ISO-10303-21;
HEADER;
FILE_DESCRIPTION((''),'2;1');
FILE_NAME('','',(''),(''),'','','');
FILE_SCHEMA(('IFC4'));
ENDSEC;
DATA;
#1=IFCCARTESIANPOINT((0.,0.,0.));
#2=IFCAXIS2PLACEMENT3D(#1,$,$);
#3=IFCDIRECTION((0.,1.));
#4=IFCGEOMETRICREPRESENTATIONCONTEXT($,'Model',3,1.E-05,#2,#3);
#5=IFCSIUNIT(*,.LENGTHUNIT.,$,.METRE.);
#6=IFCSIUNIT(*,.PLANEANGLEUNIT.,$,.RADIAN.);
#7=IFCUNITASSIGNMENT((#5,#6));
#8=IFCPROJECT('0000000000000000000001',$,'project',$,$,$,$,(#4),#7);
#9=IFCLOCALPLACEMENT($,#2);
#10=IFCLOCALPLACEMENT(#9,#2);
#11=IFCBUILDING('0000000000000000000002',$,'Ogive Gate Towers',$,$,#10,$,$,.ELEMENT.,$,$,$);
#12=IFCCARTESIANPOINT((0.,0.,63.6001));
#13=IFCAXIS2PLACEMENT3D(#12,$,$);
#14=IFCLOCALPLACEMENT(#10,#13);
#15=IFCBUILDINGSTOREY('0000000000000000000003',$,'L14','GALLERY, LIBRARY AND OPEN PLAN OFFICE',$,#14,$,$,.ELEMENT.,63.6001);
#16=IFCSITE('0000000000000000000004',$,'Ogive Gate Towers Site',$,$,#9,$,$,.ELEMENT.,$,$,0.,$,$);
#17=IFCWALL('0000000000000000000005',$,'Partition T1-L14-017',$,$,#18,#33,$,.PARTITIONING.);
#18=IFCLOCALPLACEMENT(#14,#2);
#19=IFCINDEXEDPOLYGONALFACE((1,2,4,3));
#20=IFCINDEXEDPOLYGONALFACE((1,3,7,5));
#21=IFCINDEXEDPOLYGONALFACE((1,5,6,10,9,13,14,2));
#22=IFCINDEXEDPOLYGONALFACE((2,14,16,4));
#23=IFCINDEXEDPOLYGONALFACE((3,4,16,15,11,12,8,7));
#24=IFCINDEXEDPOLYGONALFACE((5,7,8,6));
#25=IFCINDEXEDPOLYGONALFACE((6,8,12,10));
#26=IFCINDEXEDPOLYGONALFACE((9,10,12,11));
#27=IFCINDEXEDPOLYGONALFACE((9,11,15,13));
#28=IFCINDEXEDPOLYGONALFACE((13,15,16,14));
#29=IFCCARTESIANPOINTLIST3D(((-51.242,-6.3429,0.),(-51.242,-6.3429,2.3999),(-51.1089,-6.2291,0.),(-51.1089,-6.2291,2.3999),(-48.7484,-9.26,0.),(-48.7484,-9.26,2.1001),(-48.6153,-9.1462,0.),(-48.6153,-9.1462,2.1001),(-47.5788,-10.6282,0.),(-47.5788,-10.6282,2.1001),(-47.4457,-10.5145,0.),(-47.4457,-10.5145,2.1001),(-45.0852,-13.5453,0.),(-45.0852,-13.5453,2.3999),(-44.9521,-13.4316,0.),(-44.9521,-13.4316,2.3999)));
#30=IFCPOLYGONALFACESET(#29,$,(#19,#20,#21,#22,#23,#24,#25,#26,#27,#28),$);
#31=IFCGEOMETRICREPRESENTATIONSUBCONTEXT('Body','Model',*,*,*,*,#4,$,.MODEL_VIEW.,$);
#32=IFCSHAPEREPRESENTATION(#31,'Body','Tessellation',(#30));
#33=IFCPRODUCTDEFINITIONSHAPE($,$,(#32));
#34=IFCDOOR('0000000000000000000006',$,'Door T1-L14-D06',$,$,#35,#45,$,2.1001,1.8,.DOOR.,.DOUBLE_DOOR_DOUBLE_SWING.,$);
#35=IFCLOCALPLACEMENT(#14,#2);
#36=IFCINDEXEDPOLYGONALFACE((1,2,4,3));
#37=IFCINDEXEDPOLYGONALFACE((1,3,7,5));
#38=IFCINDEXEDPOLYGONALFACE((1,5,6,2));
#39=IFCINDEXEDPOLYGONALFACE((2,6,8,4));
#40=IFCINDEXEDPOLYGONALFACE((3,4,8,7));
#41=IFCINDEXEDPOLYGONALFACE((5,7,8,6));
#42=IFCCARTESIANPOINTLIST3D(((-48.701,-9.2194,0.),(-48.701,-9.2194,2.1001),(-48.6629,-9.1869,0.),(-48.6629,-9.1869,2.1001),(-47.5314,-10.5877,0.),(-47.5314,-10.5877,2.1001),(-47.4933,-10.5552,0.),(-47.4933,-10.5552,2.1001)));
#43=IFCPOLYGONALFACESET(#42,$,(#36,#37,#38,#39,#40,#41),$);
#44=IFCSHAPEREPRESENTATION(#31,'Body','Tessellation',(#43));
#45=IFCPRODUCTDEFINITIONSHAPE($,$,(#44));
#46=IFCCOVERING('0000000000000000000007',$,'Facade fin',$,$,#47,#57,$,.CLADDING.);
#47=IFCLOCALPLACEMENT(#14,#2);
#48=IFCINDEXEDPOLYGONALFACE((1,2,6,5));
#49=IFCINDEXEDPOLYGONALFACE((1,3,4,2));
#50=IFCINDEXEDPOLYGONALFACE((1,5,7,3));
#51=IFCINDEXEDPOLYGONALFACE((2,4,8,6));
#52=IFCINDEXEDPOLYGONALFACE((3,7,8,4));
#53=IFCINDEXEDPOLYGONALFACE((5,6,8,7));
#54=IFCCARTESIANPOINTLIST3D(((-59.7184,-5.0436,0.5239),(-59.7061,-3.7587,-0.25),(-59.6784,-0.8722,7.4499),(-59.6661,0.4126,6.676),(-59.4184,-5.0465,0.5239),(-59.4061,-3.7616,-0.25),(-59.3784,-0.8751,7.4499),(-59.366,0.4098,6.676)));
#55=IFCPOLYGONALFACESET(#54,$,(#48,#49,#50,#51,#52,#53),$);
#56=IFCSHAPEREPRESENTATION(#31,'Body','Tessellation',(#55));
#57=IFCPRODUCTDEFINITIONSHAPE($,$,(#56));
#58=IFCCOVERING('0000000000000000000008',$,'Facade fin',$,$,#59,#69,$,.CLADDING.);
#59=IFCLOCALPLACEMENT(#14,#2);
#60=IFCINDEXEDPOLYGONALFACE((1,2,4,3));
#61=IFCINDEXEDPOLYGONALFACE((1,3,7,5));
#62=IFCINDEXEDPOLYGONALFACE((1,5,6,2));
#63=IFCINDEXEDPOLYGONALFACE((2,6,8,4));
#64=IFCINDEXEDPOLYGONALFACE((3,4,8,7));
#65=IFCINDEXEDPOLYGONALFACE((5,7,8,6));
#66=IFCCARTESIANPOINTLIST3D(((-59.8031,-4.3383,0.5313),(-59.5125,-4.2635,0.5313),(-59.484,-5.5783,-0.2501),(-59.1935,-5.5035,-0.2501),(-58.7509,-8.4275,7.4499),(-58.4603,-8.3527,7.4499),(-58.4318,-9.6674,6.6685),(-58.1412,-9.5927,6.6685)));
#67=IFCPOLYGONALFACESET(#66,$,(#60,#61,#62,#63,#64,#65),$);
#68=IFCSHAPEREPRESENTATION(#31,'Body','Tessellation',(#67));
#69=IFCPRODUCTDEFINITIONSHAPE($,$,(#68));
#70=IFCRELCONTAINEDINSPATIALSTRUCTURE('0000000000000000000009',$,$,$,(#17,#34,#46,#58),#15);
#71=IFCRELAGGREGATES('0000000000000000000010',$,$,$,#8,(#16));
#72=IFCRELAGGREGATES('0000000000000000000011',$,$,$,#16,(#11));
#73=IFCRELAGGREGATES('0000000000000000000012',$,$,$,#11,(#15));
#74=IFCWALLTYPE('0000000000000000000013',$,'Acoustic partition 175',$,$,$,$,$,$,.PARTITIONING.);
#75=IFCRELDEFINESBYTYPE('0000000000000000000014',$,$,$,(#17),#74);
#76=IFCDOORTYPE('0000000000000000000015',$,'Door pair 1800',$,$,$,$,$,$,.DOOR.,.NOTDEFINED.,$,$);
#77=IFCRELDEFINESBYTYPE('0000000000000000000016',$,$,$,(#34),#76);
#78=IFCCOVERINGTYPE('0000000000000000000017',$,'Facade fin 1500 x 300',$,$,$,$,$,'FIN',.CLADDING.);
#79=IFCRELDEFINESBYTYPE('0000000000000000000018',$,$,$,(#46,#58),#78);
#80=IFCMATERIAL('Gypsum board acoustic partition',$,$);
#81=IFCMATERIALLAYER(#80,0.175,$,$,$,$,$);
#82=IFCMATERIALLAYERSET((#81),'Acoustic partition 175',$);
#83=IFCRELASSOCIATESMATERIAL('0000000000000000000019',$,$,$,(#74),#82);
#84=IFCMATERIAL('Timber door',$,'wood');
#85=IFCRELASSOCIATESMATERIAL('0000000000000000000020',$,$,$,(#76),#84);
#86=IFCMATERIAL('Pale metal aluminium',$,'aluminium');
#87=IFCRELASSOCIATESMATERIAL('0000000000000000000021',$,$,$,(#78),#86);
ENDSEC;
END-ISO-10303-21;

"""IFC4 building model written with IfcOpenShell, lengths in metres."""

from ifc_helpers import new_model, si_unit, direction, frame, frame_2d, origin, origin_2d, place, context, subcontext, project, spatial, rectangle, extrude, material, layer, layer_set, material_profile, profile_set, type_object, element, fill, save


model = new_model("IFC4")

# Units and contexts
model_context = context("Model", 3, precision=1e-05, world=origin(), true_north=direction((0.0, 1.0)))
body_context = subcontext(model_context, "Body", "Model", "MODEL_VIEW")
ifc_project = project(units=[si_unit("LENGTHUNIT", "METRE"), si_unit("PLANEANGLEUNIT", "RADIAN")], contexts=[model_context])

# Site, building, storey
site_placement = place(None, origin())
site = spatial("IfcSite", under=ifc_project, at=site_placement, Name="Ogive Gate Towers Site", CompositionType="ELEMENT", RefElevation=0.0)
building_placement = place(site_placement, origin())
building = spatial("IfcBuilding", under=site, at=building_placement, Name="Ogive Gate Towers", CompositionType="ELEMENT")
storey_placement = place(building_placement, frame((0.0, 0.0, 63.6001)))
storey = spatial("IfcBuildingStorey", under=building, at=storey_placement, Name="L14", Description="GALLERY, LIBRARY AND OPEN PLAN OFFICE", CompositionType="ELEMENT", Elevation=63.6001)

# Shared definitions
ifc_material_1 = material(Name="Pale metal aluminium", Category="aluminium")

# Shared definitions
ifc_material_2 = material(Name="Gypsum board acoustic partition")
ifc_layer_1 = layer(ifc_material_2, 0.175)
ifc_layer_set_1 = layer_set([ifc_layer_1], Name="Acoustic partition 175")
wall_type = type_object("IfcWallType", Name="Acoustic partition 175", PredefinedType="PARTITIONING", material=ifc_layer_set_1)

# Wall, opening, door
wall_1_placement = place(storey_placement, frame((-51.1755, -6.2859, 0.0), z_axis=(0.0, 0.0, 1.0), x_axis=(0.649772, -0.760129, 0.0)))
wall_1 = element("IfcWall", 1, at=wall_1_placement, inside=storey, type_object=wall_type, Name="Partition T1-L14-017", PredefinedType="PARTITIONING", context=body_context, shape_type="SweptSolid", body=[
    extrude(rectangle(XDim=9.4753, YDim=0.175, at=frame_2d((4.7378, 0.0))), origin(), (0.0, 0.0, 1.0), 2.3999),
])
opening_placement = place(wall_1_placement, frame((3.8379, 0.0, 0.0)))
opening = element("IfcOpeningElement", 2, at=opening_placement, cuts=wall_1, PredefinedType="OPENING", context=body_context, shape_type="SweptSolid", body=[
    extrude(rectangle(XDim=1.8, YDim=2.1001, at=frame_2d((0.8999, 1.05))), frame((0.0, 0.0977, 0.0), z_axis=(0.0, -1.0, 0.0), x_axis=(1.0, 0.0, 0.0)), (0.0, 0.0, 1.0), 0.1951),
])
ifc_material_3 = material(Name="Timber door", Category="wood")
door_type = type_object("IfcDoorType", Name="Door pair 1800", OperationType="NOTDEFINED", PredefinedType="DOOR", material=ifc_material_3)
door_placement = place(opening_placement, origin())
door = element("IfcDoor", 3, at=door_placement, inside=storey, type_object=door_type, Name="Door T1-L14-D06", OperationType="DOUBLE_DOOR_DOUBLE_SWING", OverallHeight=2.1001, OverallWidth=1.8, PredefinedType="DOOR", context=body_context, shape_type="SweptSolid", body=[
    extrude(rectangle(XDim=1.8, YDim=2.1001, at=frame_2d((0.8999, 1.05))), frame((0.0, 0.0249, 0.0), z_axis=(0.0, -1.0, 0.0), x_axis=(1.0, 0.0, 0.0)), (0.0, 0.0, 1.0), 0.05),
])
fill(opening, door)

# Coverings
ifc_material_profile_1 = material_profile(ifc_material_1, rectangle(XDim=0.3, YDim=1.5, at=origin_2d()), Name="1500 x 300 pale metal aluminium")
ifc_profile_set_1 = profile_set([ifc_material_profile_1], Name="Pale metal aluminium")
covering_type = type_object("IfcCoveringType", Name="Facade fin 1500 x 300", ElementType="FIN", PredefinedType="CLADDING", material=ifc_profile_set_1)
covering_1_placement = place(storey_placement, frame((-59.5623, -4.4026, 0.137), z_axis=(0.004952, 0.515923, 0.856621), x_axis=(-0.999954, 0.009598, 0.0)))
element("IfcCovering", 4, at=covering_1_placement, inside=storey, type_object=covering_type, Name="Facade fin", PredefinedType="CLADDING", context=body_context, shape_type="SweptSolid", body=[
    extrude(rectangle(XDim=0.3, YDim=1.5, at=origin_2d()), origin(), (0.0, 0.0, 1.0), 8.0852),
])
covering_2_placement = place(storey_placement, frame((-59.4983, -4.9209, 0.1406), z_axis=(0.129825, -0.504509, 0.85359), x_axis=(0.968449, 0.24921, 0.0)))
element("IfcCovering", 5, at=covering_2_placement, inside=storey, type_object=covering_type, Name="Facade fin", PredefinedType="CLADDING", context=body_context, shape_type="SweptSolid", body=[
    extrude(rectangle(XDim=0.3, YDim=1.5, at=origin_2d()), origin(), (0.0, 0.0, 1.0), 8.1052),
])

save(model, "model.ifc")
